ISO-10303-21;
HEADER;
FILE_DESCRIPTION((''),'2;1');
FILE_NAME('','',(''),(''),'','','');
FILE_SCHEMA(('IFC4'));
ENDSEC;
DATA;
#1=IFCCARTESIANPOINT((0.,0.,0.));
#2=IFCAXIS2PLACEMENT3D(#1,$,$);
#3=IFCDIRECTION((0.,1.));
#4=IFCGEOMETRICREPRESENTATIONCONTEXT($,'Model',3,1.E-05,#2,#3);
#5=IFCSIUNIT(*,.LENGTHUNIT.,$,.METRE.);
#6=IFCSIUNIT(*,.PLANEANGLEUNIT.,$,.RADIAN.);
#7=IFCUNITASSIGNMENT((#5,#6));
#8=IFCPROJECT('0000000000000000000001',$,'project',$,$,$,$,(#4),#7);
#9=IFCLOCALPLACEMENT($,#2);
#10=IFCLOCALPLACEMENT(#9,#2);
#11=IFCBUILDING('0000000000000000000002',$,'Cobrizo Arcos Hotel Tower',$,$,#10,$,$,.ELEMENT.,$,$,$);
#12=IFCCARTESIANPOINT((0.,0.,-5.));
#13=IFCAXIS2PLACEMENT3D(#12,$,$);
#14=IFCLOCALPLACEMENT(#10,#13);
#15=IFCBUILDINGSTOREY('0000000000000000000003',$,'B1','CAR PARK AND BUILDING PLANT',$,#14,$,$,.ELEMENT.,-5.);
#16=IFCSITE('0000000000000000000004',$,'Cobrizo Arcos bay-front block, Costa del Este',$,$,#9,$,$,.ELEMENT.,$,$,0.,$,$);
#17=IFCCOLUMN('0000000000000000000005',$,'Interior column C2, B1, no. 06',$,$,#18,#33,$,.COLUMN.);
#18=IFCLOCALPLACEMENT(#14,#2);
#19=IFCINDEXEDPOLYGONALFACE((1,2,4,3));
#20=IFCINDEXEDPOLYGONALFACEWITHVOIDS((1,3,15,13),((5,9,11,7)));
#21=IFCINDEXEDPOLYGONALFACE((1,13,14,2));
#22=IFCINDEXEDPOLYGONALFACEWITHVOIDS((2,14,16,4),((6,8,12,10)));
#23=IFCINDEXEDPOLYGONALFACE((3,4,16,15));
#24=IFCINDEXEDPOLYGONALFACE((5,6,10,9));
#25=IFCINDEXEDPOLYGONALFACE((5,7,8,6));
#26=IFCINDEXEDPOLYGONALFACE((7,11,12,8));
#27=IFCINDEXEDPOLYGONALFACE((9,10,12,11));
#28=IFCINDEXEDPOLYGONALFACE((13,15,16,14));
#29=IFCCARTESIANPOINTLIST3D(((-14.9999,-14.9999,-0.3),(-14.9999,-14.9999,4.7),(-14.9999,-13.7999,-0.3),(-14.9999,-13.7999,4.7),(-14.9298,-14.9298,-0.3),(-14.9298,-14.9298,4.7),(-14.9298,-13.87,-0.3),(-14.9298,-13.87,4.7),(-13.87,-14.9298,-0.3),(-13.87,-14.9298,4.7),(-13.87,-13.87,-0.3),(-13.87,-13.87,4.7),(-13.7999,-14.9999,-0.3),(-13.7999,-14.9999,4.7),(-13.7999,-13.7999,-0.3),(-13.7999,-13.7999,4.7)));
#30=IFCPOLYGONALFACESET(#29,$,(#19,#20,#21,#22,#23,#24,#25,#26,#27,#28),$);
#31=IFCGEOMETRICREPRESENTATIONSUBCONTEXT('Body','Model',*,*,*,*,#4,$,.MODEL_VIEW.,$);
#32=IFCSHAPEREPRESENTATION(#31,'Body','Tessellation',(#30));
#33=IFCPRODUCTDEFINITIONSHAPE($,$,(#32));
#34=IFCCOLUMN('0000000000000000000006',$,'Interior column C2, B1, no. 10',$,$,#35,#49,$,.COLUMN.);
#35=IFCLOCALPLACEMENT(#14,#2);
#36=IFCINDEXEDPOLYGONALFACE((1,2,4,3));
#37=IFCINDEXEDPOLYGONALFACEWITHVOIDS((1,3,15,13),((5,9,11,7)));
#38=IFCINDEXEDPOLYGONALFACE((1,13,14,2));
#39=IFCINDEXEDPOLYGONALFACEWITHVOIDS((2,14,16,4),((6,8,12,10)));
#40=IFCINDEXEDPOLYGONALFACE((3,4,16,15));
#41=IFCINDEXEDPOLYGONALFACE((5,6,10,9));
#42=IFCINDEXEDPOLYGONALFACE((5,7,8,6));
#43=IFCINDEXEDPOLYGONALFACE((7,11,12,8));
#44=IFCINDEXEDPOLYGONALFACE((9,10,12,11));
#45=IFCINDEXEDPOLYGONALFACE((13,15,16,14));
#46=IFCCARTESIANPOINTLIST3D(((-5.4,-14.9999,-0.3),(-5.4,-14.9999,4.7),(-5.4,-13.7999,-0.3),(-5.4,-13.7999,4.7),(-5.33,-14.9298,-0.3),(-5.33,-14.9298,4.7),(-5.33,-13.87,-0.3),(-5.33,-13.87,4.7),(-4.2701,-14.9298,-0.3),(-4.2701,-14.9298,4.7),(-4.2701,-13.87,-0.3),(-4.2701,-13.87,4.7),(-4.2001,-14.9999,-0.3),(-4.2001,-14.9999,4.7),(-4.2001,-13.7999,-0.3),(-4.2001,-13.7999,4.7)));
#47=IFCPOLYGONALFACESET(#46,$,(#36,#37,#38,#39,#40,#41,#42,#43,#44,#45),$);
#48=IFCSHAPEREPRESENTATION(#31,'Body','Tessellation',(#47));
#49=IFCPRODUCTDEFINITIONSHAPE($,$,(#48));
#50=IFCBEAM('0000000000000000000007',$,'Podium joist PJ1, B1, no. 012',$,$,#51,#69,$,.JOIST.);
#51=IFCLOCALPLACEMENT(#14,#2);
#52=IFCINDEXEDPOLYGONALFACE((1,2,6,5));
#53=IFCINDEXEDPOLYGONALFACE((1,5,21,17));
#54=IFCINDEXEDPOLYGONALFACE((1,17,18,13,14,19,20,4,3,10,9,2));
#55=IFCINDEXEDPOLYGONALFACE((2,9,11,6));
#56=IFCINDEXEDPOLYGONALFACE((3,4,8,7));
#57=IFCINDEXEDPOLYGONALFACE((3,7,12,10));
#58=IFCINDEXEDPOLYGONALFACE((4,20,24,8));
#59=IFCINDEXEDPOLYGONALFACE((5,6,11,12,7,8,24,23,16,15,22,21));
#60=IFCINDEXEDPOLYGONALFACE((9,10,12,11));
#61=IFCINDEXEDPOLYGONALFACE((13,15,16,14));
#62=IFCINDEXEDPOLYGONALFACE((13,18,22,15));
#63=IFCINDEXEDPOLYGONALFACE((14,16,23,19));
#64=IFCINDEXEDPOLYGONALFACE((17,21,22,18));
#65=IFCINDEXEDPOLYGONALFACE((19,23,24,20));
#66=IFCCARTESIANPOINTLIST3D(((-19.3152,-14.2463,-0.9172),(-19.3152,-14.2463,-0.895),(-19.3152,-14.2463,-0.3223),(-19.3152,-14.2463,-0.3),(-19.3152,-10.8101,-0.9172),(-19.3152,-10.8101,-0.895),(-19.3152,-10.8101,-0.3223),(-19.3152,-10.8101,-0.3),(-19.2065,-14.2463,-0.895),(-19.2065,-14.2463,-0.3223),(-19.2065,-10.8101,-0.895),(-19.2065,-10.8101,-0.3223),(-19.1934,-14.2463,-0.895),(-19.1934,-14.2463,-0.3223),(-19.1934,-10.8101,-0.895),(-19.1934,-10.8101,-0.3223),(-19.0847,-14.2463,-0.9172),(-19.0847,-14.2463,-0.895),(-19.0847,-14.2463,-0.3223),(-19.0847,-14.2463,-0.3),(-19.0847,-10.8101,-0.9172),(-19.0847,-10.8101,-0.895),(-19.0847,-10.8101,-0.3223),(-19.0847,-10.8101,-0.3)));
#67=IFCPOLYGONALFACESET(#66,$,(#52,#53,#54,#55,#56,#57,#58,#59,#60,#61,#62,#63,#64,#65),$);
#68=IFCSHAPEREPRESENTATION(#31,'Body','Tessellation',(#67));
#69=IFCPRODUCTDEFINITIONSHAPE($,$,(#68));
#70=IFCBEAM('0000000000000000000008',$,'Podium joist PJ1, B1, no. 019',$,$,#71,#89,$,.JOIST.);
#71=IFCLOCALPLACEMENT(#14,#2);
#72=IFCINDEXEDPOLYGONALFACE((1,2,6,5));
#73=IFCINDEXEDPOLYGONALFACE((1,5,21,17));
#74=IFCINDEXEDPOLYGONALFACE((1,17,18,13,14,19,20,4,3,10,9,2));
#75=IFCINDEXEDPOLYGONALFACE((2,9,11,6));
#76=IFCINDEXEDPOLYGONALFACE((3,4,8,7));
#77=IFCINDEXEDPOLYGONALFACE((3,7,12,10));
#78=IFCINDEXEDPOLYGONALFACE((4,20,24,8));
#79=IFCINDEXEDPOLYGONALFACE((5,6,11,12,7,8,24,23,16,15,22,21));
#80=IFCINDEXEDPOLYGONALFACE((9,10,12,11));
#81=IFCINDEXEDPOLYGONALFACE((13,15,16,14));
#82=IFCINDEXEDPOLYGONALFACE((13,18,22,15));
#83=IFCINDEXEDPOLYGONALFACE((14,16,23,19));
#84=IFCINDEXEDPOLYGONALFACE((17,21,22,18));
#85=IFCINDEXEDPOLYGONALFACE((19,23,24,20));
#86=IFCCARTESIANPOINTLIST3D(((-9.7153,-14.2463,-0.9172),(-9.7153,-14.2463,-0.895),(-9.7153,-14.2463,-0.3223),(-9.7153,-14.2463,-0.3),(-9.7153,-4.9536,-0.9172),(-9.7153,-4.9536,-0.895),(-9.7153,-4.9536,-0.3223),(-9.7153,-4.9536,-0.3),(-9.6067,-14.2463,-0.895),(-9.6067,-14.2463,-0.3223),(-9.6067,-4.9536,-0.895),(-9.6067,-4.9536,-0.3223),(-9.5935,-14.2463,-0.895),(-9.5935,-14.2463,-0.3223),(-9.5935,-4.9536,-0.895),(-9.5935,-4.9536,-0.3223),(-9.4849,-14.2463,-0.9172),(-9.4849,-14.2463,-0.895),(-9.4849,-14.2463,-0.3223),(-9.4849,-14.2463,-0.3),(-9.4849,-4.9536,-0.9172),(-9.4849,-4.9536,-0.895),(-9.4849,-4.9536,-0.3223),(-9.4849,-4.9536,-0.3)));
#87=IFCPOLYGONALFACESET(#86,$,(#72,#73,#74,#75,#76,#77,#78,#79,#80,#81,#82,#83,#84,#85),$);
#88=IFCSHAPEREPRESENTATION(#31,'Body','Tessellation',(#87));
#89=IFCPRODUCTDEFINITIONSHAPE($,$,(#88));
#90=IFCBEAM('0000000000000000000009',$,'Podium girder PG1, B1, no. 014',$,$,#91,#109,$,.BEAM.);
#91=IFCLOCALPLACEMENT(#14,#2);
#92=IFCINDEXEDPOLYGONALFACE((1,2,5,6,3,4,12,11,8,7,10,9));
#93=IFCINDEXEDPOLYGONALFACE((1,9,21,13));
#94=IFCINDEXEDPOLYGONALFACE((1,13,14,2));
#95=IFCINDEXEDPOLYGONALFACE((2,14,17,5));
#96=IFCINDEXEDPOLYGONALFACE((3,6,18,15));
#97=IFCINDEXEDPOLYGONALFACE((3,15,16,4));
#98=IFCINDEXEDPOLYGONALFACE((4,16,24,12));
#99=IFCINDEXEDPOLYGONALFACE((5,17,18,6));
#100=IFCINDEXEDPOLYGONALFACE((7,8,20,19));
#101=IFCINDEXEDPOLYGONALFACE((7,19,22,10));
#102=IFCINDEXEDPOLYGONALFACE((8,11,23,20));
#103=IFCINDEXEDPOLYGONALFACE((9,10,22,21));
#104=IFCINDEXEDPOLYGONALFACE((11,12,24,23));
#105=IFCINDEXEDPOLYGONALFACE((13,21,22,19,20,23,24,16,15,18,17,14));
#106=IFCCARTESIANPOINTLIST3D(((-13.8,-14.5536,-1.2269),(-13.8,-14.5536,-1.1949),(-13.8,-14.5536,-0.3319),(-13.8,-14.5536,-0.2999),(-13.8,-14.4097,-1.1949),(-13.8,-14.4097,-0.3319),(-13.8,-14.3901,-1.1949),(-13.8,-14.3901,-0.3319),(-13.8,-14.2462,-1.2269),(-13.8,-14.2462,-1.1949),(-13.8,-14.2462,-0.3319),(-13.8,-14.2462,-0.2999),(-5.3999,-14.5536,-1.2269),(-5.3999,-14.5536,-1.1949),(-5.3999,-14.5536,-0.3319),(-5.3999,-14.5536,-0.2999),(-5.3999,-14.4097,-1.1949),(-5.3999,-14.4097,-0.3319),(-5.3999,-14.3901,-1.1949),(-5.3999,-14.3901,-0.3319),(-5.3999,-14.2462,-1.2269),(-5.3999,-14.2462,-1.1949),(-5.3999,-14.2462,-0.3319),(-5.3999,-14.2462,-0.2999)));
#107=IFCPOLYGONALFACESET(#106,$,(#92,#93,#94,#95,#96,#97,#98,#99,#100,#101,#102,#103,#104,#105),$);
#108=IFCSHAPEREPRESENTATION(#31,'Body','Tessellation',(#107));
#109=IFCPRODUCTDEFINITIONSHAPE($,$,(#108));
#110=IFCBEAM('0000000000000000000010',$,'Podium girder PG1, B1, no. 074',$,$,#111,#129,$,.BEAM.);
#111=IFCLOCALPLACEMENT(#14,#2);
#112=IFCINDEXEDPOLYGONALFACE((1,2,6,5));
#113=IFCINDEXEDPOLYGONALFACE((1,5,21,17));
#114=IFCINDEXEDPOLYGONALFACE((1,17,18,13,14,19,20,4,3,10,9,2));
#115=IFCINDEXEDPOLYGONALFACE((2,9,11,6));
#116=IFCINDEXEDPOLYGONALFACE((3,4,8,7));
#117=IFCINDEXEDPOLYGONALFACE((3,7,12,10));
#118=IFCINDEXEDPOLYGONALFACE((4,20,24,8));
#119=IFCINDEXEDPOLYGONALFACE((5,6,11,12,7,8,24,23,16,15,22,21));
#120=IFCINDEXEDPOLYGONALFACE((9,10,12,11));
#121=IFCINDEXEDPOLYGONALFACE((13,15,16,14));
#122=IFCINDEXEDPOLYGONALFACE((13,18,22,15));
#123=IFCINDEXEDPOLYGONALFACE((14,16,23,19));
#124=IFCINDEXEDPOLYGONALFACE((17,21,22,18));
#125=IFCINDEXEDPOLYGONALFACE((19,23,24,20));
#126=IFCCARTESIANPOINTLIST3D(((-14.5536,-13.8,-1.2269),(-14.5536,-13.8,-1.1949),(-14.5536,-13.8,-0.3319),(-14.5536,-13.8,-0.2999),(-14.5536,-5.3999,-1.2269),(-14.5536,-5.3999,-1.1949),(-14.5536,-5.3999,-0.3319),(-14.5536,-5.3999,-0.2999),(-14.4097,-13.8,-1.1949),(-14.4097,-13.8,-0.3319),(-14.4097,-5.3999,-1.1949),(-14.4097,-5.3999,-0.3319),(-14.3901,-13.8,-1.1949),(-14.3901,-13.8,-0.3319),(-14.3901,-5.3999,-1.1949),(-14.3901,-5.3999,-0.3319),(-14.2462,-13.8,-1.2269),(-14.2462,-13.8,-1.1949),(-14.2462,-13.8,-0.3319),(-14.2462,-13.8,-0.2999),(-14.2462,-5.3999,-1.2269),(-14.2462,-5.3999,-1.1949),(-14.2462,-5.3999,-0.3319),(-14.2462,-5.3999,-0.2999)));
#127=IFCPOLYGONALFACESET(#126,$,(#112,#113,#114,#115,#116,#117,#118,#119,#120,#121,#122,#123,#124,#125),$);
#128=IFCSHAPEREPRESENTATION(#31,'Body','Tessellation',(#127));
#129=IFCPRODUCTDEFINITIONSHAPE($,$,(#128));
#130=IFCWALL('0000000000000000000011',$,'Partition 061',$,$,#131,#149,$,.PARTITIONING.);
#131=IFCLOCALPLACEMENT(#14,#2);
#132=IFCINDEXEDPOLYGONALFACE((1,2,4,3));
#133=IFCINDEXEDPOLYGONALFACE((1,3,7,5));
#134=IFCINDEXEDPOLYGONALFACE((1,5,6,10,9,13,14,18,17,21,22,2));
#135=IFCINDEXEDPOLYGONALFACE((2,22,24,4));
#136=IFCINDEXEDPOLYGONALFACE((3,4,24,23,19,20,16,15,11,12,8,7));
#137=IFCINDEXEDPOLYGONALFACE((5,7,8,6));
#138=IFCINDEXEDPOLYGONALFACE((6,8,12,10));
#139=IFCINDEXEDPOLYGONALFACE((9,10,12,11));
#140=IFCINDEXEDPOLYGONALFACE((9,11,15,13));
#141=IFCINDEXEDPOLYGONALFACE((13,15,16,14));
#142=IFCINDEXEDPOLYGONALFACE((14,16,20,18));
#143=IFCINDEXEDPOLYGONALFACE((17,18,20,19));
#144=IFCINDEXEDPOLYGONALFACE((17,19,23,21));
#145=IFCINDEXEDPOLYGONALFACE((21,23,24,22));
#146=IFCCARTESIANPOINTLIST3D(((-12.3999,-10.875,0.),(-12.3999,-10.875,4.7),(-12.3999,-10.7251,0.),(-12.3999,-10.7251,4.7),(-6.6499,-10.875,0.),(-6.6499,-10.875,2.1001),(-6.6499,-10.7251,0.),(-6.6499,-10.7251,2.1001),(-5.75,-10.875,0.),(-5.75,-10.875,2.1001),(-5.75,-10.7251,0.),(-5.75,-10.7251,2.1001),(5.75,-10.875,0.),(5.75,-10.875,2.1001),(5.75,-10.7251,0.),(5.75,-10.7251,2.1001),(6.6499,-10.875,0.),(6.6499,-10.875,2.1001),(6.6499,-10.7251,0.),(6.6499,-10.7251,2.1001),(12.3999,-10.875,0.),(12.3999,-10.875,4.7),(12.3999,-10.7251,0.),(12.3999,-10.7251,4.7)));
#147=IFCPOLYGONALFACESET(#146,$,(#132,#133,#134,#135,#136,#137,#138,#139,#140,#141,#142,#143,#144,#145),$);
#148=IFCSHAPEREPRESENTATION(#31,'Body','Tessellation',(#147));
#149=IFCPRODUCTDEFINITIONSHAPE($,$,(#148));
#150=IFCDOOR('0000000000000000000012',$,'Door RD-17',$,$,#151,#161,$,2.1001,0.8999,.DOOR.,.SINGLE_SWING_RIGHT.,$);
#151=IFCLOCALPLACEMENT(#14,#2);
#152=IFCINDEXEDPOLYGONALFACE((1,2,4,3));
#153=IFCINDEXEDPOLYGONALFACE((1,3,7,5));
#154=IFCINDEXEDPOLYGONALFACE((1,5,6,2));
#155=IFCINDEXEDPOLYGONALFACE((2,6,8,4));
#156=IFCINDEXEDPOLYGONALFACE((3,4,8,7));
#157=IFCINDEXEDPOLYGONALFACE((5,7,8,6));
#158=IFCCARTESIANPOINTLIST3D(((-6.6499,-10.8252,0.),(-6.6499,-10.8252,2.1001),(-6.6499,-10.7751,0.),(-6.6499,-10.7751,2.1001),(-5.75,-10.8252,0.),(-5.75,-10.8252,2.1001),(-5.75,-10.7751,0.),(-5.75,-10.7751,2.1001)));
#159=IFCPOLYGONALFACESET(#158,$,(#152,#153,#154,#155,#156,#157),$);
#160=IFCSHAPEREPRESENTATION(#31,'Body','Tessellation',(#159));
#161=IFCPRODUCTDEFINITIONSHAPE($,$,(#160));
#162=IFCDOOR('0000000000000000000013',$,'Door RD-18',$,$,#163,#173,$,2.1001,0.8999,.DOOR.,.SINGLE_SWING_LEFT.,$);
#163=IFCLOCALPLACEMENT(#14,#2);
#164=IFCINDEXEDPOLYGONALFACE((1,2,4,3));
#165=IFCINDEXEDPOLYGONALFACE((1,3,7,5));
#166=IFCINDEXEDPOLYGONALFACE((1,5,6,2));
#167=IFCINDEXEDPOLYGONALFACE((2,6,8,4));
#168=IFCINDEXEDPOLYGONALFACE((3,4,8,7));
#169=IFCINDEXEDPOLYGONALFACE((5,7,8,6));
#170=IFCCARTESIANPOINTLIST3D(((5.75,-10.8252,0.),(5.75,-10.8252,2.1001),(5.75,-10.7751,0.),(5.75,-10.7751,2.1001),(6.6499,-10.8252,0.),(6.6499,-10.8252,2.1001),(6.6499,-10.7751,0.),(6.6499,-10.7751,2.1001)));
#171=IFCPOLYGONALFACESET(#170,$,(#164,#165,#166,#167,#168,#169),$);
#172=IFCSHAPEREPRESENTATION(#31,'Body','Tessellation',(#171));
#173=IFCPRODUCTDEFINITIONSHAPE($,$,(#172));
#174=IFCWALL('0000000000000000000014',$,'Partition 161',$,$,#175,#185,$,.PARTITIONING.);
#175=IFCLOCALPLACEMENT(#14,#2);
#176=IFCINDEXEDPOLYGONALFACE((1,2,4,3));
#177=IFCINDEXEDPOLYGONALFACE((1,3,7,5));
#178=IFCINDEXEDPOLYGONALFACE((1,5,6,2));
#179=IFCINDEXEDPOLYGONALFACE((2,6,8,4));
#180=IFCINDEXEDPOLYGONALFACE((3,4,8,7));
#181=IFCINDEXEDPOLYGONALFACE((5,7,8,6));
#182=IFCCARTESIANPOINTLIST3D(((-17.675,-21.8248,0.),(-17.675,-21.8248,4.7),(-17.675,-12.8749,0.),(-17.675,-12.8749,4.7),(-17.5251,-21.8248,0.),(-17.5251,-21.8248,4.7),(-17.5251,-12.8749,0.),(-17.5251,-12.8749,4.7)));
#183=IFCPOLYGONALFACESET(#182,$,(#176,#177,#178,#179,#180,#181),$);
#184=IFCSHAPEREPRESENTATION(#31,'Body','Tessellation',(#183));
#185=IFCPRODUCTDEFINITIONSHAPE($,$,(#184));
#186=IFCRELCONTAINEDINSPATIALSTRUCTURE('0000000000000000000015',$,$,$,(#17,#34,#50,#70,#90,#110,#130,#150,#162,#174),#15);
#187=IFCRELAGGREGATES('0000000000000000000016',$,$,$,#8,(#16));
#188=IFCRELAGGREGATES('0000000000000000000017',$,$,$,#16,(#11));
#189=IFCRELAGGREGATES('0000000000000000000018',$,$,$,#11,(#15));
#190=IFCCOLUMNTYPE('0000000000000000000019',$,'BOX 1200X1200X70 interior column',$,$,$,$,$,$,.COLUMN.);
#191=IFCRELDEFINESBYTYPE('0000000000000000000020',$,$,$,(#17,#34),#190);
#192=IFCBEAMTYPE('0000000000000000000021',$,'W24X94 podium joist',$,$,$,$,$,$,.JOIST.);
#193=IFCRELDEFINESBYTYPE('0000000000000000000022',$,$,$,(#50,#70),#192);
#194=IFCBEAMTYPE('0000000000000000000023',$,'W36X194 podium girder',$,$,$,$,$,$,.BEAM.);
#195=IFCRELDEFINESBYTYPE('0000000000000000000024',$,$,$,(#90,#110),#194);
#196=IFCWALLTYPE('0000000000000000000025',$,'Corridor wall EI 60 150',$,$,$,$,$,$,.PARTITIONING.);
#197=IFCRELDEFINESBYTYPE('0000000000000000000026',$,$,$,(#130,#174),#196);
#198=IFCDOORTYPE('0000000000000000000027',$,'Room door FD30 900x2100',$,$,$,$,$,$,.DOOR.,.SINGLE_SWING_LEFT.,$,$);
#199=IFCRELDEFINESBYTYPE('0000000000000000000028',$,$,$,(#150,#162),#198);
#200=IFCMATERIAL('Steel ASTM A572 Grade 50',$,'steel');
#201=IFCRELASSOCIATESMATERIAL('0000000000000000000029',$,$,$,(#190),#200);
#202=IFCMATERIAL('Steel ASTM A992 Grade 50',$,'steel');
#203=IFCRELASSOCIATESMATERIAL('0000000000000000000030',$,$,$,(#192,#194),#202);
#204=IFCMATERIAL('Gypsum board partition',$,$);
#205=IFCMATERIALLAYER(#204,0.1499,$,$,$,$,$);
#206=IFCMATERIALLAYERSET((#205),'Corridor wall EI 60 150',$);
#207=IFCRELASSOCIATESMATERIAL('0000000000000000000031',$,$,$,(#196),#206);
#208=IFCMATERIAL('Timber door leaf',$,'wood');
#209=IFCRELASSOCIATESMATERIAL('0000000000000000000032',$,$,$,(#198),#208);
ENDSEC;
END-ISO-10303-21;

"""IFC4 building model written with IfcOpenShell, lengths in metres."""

from ifc_helpers import new_model, si_unit, direction, frame, frame_2d, origin, origin_2d, place, context, subcontext, project, spatial, rectangle, hollow_rectangle, i_section, extrude, material, layer, layer_set, material_profile, profile_set, type_object, element, fill, save


model = new_model("IFC4")

# Units and contexts
model_context = context("Model", 3, precision=1e-05, world=origin(), true_north=direction((0.0, 1.0)))
body_context = subcontext(model_context, "Body", "Model", "MODEL_VIEW")
ifc_project = project(units=[si_unit("LENGTHUNIT", "METRE"), si_unit("PLANEANGLEUNIT", "RADIAN")], contexts=[model_context])

# Site, building, storey
site_placement = place(None, origin())
site = spatial("IfcSite", under=ifc_project, at=site_placement, Name="Cobrizo Arcos bay-front block, Costa del Este", CompositionType="ELEMENT", RefElevation=0.0)
building_placement = place(site_placement, origin())
building = spatial("IfcBuilding", under=site, at=building_placement, Name="Cobrizo Arcos Hotel Tower", CompositionType="ELEMENT")
storey_placement = place(building_placement, frame((0.0, 0.0, -5.0)))
storey = spatial("IfcBuildingStorey", under=building, at=storey_placement, Name="B1", Description="CAR PARK AND BUILDING PLANT", CompositionType="ELEMENT", Elevation=-5.0)

# Columns
ifc_material_1 = material(Name="Steel ASTM A572 Grade 50", Category="steel")
ifc_material_profile_1 = material_profile(ifc_material_1, hollow_rectangle(XDim=1.2, YDim=1.2, WallThickness=0.0701, at=origin_2d()), Name="BOX 1200X1200X70")
ifc_profile_set_1 = profile_set([ifc_material_profile_1], Name="Steel ASTM A572 Grade 50")
column_type = type_object("IfcColumnType", Name="BOX 1200X1200X70 interior column", PredefinedType="COLUMN", material=ifc_profile_set_1)
for number, where, z_axis, x_axis, name in (
    (1, (-14.3999, -14.3999, -0.3), (0.0, 0.0, 1.0), (1.0, 0.0, 0.0), "Interior column C2, B1, no. 06"),
    (2, (-4.8, -14.3999, -0.3), (0.0, 0.0, 1.0), (1.0, 0.0, 0.0), "Interior column C2, B1, no. 10"),
):
    element("IfcColumn", number, at=place(storey_placement, frame(where, z_axis=z_axis, x_axis=x_axis)), inside=storey, type_object=column_type, Name=name, PredefinedType="COLUMN", context=body_context, shape_type="SweptSolid", body=[
        extrude(hollow_rectangle(XDim=1.2, YDim=1.2, WallThickness=0.0701, at=origin_2d()), origin(), (0.0, 0.0, 1.0), 5.0),
    ])

# Beams
ifc_material_2 = material(Name="Steel ASTM A992 Grade 50", Category="steel")
ifc_material_profile_2 = material_profile(ifc_material_2, i_section(OverallWidth=0.2305, OverallDepth=0.6172, WebThickness=0.0132, FlangeThickness=0.0222, at=origin_2d()), Name="W24X94")
ifc_profile_set_2 = profile_set([ifc_material_profile_2], Name="Steel ASTM A992 Grade 50")
beam_type_1 = type_object("IfcBeamType", Name="W24X94 podium joist", PredefinedType="JOIST", material=ifc_profile_set_2)
beam_1_placement = place(storey_placement, frame((-19.2, -14.2463, -0.6086), z_axis=(0.0, 1.0, 0.0), x_axis=(-1.0, 0.0, 0.0)))
element("IfcBeam", 3, at=beam_1_placement, inside=storey, type_object=beam_type_1, Name="Podium joist PJ1, B1, no. 012", PredefinedType="JOIST", context=body_context, shape_type="SweptSolid", body=[
    extrude(i_section(OverallWidth=0.2305, OverallDepth=0.6172, WebThickness=0.0132, FlangeThickness=0.0222, at=origin_2d()), origin(), (0.0, 0.0, 1.0), 3.4363),
])
beam_2_placement = place(storey_placement, frame((-9.6001, -14.2463, -0.6086), z_axis=(0.0, 1.0, 0.0), x_axis=(-1.0, 0.0, 0.0)))
element("IfcBeam", 4, at=beam_2_placement, inside=storey, type_object=beam_type_1, Name="Podium joist PJ1, B1, no. 019", PredefinedType="JOIST", context=body_context, shape_type="SweptSolid", body=[
    extrude(i_section(OverallWidth=0.2305, OverallDepth=0.6172, WebThickness=0.0132, FlangeThickness=0.0222, at=origin_2d()), origin(), (0.0, 0.0, 1.0), 9.2927),
])
ifc_material_profile_3 = material_profile(ifc_material_2, i_section(OverallWidth=0.3074, OverallDepth=0.927, WebThickness=0.0195, FlangeThickness=0.032, at=origin_2d()), Name="W36X194")
ifc_profile_set_3 = profile_set([ifc_material_profile_3], Name="Steel ASTM A992 Grade 50")
beam_type_2 = type_object("IfcBeamType", Name="W36X194 podium girder", PredefinedType="BEAM", material=ifc_profile_set_3)
for number, where, z_axis, x_axis, name in (
    (5, (-13.8, -14.3999, -0.7634), (1.0, 0.0, 0.0), (0.0, 1.0, 0.0), "Podium girder PG1, B1, no. 014"),
    (6, (-14.3999, -13.8, -0.7634), (0.0, 1.0, 0.0), (-1.0, 0.0, 0.0), "Podium girder PG1, B1, no. 074"),
):
    element("IfcBeam", number, at=place(storey_placement, frame(where, z_axis=z_axis, x_axis=x_axis)), inside=storey, type_object=beam_type_2, Name=name, PredefinedType="BEAM", context=body_context, shape_type="SweptSolid", body=[
        extrude(i_section(OverallWidth=0.3074, OverallDepth=0.927, WebThickness=0.0195, FlangeThickness=0.032, at=origin_2d()), origin(), (0.0, 0.0, 1.0), 8.4001),
    ])

# Wall, openings, doors
ifc_material_3 = material(Name="Gypsum board partition")
ifc_layer_1 = layer(ifc_material_3, 0.1499)
ifc_layer_set_1 = layer_set([ifc_layer_1], Name="Corridor wall EI 60 150")
wall_type_1 = type_object("IfcWallType", Name="Corridor wall EI 60 150", PredefinedType="PARTITIONING", material=ifc_layer_set_1)
wall_1_placement = place(storey_placement, frame((-12.3999, -10.8, 0.0), z_axis=(0.0, 0.0, 1.0), x_axis=(1.0, 0.0, 0.0)))
wall_1 = element("IfcWall", 7, at=wall_1_placement, inside=storey, type_object=wall_type_1, Name="Partition 061", PredefinedType="PARTITIONING", context=body_context, shape_type="SweptSolid", body=[
    extrude(rectangle(XDim=24.7998, YDim=0.1499, at=frame_2d((12.3999, 0.0))), origin(), (0.0, 0.0, 1.0), 4.7),
])
opening_1_placement = place(wall_1_placement, frame((5.75, 0.0, 0.0)))
opening_1 = element("IfcOpeningElement", 8, at=opening_1_placement, cuts=wall_1, PredefinedType="OPENING", context=body_context, shape_type="SweptSolid", body=[
    extrude(rectangle(XDim=0.8999, YDim=2.1001, at=frame_2d((0.45, 1.05))), frame((0.0, 0.0869, 0.0), z_axis=(0.0, -1.0, 0.0), x_axis=(1.0, 0.0, 0.0)), (0.0, 0.0, 1.0), 0.1738),
])
opening_2_placement = place(wall_1_placement, frame((18.1499, 0.0, 0.0)))
opening_2 = element("IfcOpeningElement", 9, at=opening_2_placement, cuts=wall_1, PredefinedType="OPENING", context=body_context, shape_type="SweptSolid", body=[
    extrude(rectangle(XDim=0.8999, YDim=2.1001, at=frame_2d((0.45, 1.05))), frame((0.0, 0.0869, 0.0), z_axis=(0.0, -1.0, 0.0), x_axis=(1.0, 0.0, 0.0)), (0.0, 0.0, 1.0), 0.1738),
])
ifc_material_4 = material(Name="Timber door leaf", Category="wood")
door_type_1 = type_object("IfcDoorType", Name="Room door FD30 900x2100", OperationType="SINGLE_SWING_LEFT", PredefinedType="DOOR", material=ifc_material_4)
door_1_placement = place(opening_1_placement, origin())
door_1 = element("IfcDoor", 10, at=door_1_placement, inside=storey, type_object=door_type_1, Name="Door RD-17", OperationType="SINGLE_SWING_RIGHT", OverallHeight=2.1001, OverallWidth=0.8999, PredefinedType="DOOR", context=body_context, shape_type="SweptSolid", body=[
    extrude(rectangle(XDim=0.8999, YDim=2.1001, at=frame_2d((0.45, 1.05))), frame((0.0, 0.0249, 0.0), z_axis=(0.0, -1.0, 0.0), x_axis=(1.0, 0.0, 0.0)), (0.0, 0.0, 1.0), 0.05),
])
fill(opening_1, door_1)
door_2_placement = place(opening_2_placement, origin())
door_2 = element("IfcDoor", 11, at=door_2_placement, inside=storey, type_object=door_type_1, Name="Door RD-18", OperationType="SINGLE_SWING_LEFT", OverallHeight=2.1001, OverallWidth=0.8999, PredefinedType="DOOR", context=body_context, shape_type="SweptSolid", body=[
    extrude(rectangle(XDim=0.8999, YDim=2.1001, at=frame_2d((0.45, 1.05))), frame((0.0, 0.0249, 0.0), z_axis=(0.0, -1.0, 0.0), x_axis=(1.0, 0.0, 0.0)), (0.0, 0.0, 1.0), 0.05),
])
fill(opening_2, door_2)

# Wall
wall_2_placement = place(storey_placement, frame((-17.6001, -21.825, 0.0), z_axis=(0.0, 0.0, 1.0), x_axis=(0.0, 1.0, 0.0)))
element("IfcWall", 12, at=wall_2_placement, inside=storey, type_object=wall_type_1, Name="Partition 161", PredefinedType="PARTITIONING", context=body_context, shape_type="SweptSolid", body=[
    extrude(rectangle(XDim=8.95, YDim=0.1499, at=frame_2d((4.4751, 0.0))), origin(), (0.0, 0.0, 1.0), 4.7),
])

save(model, "model.ifc")
